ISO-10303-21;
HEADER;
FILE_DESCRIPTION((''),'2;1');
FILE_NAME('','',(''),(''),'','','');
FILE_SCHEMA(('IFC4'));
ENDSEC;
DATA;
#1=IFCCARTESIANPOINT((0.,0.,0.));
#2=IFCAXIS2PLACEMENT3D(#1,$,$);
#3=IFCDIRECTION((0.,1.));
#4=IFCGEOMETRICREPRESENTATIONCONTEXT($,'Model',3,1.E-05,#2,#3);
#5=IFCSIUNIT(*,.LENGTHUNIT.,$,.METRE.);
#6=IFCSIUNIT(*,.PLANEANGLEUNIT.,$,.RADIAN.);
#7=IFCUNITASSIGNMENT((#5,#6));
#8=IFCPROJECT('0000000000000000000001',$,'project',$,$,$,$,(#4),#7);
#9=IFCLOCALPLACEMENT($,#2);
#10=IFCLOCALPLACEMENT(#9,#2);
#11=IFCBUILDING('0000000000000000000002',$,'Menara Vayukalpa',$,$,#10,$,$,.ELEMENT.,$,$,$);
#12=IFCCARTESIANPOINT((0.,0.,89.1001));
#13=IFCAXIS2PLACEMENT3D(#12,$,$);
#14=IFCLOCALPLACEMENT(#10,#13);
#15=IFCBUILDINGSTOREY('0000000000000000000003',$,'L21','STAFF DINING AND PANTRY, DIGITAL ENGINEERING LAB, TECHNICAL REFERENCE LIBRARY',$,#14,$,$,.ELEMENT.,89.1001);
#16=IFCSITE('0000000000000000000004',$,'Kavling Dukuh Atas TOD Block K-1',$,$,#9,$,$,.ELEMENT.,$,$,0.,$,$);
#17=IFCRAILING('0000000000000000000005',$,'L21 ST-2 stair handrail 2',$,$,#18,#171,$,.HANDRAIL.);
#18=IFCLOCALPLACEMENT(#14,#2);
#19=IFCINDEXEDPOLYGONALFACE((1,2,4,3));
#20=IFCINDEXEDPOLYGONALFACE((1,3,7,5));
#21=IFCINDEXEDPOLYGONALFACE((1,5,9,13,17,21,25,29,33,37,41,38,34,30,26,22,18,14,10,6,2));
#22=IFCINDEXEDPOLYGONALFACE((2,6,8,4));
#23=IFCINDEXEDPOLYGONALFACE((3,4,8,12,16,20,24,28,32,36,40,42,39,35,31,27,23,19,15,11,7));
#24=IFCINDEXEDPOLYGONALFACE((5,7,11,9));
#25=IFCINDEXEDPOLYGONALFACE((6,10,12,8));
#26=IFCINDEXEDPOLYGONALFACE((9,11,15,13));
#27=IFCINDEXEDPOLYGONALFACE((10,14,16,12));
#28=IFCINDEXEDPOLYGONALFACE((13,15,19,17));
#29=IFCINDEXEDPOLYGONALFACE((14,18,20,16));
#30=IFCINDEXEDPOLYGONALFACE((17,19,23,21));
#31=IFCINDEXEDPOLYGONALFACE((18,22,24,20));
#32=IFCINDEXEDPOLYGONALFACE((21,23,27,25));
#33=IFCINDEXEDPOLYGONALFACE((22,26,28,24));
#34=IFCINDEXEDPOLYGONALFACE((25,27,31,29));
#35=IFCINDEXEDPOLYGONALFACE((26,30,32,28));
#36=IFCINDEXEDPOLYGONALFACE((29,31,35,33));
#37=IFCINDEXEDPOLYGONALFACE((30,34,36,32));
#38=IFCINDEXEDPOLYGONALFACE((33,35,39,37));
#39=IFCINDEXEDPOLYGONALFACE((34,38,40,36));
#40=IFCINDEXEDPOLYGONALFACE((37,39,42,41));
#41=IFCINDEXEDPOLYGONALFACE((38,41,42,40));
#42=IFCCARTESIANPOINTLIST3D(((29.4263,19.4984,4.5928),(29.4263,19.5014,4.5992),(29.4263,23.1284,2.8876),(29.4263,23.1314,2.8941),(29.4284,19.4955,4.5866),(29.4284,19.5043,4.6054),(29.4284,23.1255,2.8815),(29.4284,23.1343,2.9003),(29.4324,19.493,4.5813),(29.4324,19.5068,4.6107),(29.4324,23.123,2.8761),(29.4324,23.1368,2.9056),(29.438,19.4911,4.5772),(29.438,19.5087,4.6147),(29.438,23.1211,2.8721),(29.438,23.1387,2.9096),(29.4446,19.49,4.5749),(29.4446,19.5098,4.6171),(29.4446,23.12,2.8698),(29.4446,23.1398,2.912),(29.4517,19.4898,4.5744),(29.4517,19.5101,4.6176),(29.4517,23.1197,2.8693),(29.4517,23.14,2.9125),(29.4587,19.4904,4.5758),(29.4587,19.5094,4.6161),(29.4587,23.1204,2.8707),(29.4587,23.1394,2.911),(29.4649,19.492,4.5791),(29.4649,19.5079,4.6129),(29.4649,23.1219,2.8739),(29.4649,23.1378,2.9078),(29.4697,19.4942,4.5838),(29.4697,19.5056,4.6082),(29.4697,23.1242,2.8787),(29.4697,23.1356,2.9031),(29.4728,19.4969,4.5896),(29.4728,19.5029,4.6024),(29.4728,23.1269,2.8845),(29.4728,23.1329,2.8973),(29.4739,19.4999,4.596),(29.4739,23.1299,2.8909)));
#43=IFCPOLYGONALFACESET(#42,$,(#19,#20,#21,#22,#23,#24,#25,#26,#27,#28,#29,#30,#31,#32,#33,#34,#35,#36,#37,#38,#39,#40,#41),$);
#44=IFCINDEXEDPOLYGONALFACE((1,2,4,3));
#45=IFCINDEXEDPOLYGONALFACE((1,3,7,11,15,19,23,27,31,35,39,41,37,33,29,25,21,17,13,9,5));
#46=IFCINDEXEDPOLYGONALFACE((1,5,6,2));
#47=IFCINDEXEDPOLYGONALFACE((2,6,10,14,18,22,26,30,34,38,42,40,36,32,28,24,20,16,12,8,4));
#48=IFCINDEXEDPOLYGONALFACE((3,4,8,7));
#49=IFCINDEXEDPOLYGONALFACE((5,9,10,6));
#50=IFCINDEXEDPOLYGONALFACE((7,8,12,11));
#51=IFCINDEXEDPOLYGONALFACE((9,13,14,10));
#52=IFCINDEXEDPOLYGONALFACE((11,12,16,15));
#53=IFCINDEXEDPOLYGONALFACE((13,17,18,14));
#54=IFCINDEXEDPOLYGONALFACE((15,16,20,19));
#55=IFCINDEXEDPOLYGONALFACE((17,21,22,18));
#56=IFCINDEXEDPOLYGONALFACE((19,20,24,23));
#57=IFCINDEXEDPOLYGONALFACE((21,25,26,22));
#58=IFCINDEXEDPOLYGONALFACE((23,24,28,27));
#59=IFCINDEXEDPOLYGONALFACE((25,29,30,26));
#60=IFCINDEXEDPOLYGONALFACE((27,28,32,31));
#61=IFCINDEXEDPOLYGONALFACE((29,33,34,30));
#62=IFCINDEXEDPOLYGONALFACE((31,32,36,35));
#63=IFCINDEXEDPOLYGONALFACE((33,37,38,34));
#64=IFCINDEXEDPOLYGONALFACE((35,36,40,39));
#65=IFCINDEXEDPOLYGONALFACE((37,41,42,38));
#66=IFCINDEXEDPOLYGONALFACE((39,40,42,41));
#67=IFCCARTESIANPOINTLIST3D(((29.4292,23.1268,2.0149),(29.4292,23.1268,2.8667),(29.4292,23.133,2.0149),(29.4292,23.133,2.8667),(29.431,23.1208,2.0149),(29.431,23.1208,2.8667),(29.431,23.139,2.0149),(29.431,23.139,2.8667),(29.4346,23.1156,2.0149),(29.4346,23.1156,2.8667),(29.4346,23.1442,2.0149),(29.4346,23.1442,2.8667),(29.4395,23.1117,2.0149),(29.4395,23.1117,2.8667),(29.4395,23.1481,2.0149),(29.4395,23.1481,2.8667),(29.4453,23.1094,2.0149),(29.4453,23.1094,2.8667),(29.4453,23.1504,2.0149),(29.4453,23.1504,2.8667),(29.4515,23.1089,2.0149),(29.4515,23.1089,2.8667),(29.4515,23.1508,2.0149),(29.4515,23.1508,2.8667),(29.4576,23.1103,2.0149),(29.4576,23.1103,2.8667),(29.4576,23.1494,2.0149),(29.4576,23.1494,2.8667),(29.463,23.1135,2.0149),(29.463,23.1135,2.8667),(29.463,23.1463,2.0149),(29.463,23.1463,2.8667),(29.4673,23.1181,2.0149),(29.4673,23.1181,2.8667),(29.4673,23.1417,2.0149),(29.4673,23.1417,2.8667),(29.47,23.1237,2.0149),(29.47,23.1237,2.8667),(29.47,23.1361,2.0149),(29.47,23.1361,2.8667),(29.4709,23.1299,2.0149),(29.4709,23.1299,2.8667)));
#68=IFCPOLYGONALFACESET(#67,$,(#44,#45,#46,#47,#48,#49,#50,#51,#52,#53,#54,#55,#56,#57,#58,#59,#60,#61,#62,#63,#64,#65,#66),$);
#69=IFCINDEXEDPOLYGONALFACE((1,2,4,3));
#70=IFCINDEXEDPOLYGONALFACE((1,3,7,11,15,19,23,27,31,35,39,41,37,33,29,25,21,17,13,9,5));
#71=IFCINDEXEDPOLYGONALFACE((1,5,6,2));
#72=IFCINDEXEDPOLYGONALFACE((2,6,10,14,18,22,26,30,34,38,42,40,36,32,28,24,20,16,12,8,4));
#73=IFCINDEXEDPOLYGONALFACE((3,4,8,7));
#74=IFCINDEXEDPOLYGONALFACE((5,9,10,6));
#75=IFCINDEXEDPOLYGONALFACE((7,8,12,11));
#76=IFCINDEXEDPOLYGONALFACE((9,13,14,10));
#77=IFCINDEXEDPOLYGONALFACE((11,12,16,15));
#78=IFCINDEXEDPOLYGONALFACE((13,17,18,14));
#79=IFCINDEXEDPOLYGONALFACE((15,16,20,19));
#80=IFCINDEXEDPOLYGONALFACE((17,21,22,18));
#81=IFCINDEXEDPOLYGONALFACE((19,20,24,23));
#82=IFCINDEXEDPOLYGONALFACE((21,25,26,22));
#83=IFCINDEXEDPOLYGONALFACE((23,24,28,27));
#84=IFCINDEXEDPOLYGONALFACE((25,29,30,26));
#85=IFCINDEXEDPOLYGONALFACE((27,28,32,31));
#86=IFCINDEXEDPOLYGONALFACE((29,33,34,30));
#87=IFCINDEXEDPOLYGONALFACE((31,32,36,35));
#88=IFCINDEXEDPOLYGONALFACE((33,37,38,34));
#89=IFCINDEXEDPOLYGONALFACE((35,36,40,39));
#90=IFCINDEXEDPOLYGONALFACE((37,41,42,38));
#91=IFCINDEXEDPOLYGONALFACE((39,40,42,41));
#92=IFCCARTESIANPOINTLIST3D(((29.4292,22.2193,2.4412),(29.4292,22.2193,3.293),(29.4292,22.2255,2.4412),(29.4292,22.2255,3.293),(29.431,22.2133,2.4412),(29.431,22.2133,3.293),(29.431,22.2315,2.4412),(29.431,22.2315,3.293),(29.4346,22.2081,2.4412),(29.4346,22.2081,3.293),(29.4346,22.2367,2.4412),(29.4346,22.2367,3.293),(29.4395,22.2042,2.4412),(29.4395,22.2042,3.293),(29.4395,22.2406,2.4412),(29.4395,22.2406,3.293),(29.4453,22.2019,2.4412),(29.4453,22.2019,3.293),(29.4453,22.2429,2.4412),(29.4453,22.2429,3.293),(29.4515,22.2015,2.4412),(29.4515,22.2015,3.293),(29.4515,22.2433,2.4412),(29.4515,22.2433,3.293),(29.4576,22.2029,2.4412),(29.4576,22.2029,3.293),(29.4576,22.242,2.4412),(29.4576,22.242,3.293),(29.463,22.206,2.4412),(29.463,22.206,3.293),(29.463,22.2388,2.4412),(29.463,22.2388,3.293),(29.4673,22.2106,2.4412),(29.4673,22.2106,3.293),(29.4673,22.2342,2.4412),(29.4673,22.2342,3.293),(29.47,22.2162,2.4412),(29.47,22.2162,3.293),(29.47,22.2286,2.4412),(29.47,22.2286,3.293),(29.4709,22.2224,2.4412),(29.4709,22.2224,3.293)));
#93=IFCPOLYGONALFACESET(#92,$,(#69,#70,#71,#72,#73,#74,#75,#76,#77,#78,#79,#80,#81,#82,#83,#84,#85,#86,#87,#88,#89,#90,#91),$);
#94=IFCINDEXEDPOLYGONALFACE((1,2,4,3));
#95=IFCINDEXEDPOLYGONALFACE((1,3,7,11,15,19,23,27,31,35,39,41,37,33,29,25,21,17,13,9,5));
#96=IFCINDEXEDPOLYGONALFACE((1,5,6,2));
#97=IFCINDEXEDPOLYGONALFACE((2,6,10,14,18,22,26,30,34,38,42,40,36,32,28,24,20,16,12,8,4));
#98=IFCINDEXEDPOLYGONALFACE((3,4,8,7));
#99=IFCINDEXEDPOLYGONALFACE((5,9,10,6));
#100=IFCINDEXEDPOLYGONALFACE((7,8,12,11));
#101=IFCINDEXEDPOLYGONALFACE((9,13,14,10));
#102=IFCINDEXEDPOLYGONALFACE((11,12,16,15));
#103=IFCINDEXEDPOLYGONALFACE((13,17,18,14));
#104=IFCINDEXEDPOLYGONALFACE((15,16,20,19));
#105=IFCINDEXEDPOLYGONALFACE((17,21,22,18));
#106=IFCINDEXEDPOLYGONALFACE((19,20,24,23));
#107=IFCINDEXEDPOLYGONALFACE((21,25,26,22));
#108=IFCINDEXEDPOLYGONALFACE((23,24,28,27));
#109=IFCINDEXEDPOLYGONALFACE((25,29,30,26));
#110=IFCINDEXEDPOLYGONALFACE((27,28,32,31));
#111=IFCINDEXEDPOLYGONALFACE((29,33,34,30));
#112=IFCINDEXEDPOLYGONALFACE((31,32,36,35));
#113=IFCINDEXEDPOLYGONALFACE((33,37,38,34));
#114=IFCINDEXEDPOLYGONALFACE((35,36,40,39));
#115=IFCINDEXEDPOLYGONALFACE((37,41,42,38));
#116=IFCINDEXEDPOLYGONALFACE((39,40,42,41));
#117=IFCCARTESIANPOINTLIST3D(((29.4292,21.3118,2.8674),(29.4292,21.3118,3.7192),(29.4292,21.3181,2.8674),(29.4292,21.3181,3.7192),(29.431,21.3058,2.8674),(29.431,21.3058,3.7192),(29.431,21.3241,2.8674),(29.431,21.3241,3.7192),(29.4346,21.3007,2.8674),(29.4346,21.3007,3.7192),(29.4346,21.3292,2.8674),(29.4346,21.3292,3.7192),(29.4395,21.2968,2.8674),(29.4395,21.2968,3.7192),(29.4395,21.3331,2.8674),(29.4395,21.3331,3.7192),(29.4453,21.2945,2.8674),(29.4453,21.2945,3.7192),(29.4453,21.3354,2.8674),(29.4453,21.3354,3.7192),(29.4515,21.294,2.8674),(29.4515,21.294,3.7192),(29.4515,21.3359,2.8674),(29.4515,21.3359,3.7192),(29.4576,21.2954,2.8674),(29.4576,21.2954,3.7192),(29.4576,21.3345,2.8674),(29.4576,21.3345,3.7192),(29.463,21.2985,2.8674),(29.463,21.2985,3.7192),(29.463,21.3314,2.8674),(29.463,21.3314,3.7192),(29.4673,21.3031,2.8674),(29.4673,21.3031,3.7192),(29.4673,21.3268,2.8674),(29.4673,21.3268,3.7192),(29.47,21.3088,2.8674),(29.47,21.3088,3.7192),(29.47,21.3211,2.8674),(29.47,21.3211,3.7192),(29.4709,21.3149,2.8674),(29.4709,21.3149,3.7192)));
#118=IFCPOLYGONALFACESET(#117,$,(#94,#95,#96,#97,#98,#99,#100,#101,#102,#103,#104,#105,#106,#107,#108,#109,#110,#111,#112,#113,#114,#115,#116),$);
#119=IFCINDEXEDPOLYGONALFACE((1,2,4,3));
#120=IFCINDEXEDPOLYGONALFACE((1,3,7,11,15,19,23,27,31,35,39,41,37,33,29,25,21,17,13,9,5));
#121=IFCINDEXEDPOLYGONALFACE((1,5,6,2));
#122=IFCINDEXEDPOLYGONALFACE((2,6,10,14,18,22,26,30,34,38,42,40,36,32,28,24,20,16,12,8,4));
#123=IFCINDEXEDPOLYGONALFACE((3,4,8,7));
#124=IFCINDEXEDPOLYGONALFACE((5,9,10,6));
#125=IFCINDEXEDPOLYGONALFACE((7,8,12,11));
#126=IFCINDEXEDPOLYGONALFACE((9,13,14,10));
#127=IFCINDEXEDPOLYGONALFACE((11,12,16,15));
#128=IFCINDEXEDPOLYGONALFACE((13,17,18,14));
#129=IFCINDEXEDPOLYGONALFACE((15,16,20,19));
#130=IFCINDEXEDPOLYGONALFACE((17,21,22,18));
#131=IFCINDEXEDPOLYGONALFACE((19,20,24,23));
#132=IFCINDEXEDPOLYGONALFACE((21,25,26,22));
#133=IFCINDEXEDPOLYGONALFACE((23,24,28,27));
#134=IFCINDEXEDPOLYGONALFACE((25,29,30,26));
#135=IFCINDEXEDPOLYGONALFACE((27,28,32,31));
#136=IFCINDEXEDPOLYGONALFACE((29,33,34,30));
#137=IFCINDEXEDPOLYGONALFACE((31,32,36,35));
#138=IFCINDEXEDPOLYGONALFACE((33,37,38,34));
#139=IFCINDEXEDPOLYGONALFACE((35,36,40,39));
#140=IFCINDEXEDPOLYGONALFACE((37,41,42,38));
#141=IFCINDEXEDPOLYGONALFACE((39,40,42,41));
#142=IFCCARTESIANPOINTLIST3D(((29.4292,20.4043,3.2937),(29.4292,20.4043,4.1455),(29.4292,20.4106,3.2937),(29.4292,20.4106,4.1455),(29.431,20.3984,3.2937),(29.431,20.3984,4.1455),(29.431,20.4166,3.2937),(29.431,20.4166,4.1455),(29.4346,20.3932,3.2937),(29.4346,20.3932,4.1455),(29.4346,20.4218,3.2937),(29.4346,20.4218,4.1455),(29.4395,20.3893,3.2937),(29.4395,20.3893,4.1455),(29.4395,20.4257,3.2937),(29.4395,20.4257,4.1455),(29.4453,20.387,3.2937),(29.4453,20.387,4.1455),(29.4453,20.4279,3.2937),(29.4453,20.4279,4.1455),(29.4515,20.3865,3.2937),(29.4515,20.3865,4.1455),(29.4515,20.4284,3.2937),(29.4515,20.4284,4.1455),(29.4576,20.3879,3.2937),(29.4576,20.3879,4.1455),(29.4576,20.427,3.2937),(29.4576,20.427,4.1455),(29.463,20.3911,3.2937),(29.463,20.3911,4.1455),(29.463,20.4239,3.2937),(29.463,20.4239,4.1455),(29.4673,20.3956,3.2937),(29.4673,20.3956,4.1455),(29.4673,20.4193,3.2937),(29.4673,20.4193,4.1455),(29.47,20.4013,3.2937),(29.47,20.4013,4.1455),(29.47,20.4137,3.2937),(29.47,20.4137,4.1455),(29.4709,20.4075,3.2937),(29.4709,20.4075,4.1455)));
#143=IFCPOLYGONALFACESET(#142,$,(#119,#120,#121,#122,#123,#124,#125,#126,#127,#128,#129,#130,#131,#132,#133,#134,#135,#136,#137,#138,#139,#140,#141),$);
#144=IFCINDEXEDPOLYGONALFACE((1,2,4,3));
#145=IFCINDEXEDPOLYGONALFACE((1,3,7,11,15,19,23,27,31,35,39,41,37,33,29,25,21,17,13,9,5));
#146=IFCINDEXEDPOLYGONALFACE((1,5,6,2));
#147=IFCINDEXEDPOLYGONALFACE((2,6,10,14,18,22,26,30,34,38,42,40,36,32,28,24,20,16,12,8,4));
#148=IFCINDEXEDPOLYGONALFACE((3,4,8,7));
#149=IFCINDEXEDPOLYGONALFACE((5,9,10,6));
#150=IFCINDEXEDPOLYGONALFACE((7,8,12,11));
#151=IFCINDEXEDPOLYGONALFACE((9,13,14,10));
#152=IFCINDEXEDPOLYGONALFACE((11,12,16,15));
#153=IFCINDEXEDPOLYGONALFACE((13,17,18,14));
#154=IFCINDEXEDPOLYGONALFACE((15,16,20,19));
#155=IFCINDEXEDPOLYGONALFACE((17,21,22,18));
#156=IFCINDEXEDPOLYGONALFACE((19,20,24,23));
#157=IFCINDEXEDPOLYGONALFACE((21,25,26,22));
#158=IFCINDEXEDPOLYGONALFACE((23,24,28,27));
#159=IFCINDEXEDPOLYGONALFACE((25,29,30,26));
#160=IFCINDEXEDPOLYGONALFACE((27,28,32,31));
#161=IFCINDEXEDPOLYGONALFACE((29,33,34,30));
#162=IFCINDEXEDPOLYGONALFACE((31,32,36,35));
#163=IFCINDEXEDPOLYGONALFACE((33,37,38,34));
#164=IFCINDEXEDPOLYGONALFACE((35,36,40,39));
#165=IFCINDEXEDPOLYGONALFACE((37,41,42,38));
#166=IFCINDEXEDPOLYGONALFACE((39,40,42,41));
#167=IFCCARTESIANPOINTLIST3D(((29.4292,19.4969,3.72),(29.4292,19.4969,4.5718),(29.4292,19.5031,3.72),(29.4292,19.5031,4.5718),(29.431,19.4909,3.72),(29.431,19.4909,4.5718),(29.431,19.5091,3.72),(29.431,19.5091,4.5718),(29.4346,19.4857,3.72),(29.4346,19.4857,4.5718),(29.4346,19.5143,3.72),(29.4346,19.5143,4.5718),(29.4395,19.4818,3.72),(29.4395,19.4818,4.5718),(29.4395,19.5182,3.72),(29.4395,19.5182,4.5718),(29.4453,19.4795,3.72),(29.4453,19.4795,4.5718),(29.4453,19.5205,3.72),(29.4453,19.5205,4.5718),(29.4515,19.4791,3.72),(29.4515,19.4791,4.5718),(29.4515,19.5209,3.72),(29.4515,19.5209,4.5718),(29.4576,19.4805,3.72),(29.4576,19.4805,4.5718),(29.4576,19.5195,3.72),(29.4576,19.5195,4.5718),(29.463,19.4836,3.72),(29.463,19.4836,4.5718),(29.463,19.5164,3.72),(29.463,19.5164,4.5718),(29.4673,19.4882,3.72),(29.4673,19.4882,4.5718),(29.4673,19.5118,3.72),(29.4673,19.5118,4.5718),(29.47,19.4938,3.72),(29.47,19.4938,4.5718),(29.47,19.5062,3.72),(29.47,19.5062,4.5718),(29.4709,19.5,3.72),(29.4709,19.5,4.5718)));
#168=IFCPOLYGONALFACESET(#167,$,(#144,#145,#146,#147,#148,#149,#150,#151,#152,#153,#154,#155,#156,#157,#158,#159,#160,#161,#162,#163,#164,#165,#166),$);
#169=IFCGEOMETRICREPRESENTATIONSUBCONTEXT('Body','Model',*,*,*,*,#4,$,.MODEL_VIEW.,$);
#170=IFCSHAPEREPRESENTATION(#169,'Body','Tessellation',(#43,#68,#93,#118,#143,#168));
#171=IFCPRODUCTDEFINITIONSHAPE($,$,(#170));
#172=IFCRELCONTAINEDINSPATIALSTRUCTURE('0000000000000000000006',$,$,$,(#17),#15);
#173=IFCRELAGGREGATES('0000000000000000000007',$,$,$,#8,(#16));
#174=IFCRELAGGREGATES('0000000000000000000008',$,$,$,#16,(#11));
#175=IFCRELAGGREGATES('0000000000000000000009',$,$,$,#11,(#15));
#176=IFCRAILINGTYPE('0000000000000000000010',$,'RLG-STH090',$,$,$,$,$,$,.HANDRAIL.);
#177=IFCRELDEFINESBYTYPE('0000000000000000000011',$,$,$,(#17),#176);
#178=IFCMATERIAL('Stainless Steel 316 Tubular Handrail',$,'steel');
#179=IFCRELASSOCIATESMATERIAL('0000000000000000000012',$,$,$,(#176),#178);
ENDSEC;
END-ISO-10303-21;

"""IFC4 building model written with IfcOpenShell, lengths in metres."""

from ifc_helpers import new_model, si_unit, direction, frame, origin, origin_2d, place, context, subcontext, project, spatial, circle, extrude, material, type_object, element, save


model = new_model("IFC4")

# Units and contexts
model_context = context("Model", 3, precision=1e-05, world=origin(), true_north=direction((0.0, 1.0)))
body_context = subcontext(model_context, "Body", "Model", "MODEL_VIEW")
ifc_project = project(units=[si_unit("LENGTHUNIT", "METRE"), si_unit("PLANEANGLEUNIT", "RADIAN")], contexts=[model_context])

# Site, building, storey
site_placement = place(None, origin())
site = spatial("IfcSite", under=ifc_project, at=site_placement, Name="Kavling Dukuh Atas TOD Block K-1", CompositionType="ELEMENT", RefElevation=0.0)
building_placement = place(site_placement, origin())
building = spatial("IfcBuilding", under=site, at=building_placement, Name="Menara Vayukalpa", CompositionType="ELEMENT")
storey_placement = place(building_placement, frame((0.0, 0.0, 89.1001)))
storey = spatial("IfcBuildingStorey", under=building, at=storey_placement, Name="L21", Description="STAFF DINING AND PANTRY, DIGITAL ENGINEERING LAB, TECHNICAL REFERENCE LIBRARY", CompositionType="ELEMENT", Elevation=89.1001)

# Railing
ifc_material_1 = material(Name="Stainless Steel 316 Tubular Handrail", Category="steel")
railing_type_1 = type_object("IfcRailingType", Name="RLG-STH090", PredefinedType="HANDRAIL", material=ifc_material_1)
railing_1_placement = place(storey_placement, frame((29.45, 23.1299, 2.0149)))
element("IfcRailing", 1, at=railing_1_placement, inside=storey, type_object=railing_type_1, Name="L21 ST-2 stair handrail 2", PredefinedType="HANDRAIL", context=body_context, shape_type="SweptSolid", body=[
    extrude(circle(Radius=0.0239, at=origin_2d()), frame((0.0, 0.0, 0.876), z_axis=(0.0, -0.905116, 0.425164), x_axis=(1.0, 0.0, 0.0)), (0.0, 0.0, 1.0), 4.0105),
    extrude(circle(Radius=0.021, at=origin_2d()), origin(), (0.0, 0.0, 1.0), 0.8518),
    extrude(circle(Radius=0.021, at=origin_2d()), frame((0.0, -0.9075, 0.4263)), (0.0, 0.0, 1.0), 0.8518),
    extrude(circle(Radius=0.021, at=origin_2d()), frame((0.0, -1.8149, 0.8525)), (0.0, 0.0, 1.0), 0.8518),
    extrude(circle(Radius=0.021, at=origin_2d()), frame((0.0, -2.7224, 1.2788)), (0.0, 0.0, 1.0), 0.8518),
    extrude(circle(Radius=0.021, at=origin_2d()), frame((0.0, -3.6299, 1.7051)), (0.0, 0.0, 1.0), 0.8518),
])

save(model, "model.ifc")
